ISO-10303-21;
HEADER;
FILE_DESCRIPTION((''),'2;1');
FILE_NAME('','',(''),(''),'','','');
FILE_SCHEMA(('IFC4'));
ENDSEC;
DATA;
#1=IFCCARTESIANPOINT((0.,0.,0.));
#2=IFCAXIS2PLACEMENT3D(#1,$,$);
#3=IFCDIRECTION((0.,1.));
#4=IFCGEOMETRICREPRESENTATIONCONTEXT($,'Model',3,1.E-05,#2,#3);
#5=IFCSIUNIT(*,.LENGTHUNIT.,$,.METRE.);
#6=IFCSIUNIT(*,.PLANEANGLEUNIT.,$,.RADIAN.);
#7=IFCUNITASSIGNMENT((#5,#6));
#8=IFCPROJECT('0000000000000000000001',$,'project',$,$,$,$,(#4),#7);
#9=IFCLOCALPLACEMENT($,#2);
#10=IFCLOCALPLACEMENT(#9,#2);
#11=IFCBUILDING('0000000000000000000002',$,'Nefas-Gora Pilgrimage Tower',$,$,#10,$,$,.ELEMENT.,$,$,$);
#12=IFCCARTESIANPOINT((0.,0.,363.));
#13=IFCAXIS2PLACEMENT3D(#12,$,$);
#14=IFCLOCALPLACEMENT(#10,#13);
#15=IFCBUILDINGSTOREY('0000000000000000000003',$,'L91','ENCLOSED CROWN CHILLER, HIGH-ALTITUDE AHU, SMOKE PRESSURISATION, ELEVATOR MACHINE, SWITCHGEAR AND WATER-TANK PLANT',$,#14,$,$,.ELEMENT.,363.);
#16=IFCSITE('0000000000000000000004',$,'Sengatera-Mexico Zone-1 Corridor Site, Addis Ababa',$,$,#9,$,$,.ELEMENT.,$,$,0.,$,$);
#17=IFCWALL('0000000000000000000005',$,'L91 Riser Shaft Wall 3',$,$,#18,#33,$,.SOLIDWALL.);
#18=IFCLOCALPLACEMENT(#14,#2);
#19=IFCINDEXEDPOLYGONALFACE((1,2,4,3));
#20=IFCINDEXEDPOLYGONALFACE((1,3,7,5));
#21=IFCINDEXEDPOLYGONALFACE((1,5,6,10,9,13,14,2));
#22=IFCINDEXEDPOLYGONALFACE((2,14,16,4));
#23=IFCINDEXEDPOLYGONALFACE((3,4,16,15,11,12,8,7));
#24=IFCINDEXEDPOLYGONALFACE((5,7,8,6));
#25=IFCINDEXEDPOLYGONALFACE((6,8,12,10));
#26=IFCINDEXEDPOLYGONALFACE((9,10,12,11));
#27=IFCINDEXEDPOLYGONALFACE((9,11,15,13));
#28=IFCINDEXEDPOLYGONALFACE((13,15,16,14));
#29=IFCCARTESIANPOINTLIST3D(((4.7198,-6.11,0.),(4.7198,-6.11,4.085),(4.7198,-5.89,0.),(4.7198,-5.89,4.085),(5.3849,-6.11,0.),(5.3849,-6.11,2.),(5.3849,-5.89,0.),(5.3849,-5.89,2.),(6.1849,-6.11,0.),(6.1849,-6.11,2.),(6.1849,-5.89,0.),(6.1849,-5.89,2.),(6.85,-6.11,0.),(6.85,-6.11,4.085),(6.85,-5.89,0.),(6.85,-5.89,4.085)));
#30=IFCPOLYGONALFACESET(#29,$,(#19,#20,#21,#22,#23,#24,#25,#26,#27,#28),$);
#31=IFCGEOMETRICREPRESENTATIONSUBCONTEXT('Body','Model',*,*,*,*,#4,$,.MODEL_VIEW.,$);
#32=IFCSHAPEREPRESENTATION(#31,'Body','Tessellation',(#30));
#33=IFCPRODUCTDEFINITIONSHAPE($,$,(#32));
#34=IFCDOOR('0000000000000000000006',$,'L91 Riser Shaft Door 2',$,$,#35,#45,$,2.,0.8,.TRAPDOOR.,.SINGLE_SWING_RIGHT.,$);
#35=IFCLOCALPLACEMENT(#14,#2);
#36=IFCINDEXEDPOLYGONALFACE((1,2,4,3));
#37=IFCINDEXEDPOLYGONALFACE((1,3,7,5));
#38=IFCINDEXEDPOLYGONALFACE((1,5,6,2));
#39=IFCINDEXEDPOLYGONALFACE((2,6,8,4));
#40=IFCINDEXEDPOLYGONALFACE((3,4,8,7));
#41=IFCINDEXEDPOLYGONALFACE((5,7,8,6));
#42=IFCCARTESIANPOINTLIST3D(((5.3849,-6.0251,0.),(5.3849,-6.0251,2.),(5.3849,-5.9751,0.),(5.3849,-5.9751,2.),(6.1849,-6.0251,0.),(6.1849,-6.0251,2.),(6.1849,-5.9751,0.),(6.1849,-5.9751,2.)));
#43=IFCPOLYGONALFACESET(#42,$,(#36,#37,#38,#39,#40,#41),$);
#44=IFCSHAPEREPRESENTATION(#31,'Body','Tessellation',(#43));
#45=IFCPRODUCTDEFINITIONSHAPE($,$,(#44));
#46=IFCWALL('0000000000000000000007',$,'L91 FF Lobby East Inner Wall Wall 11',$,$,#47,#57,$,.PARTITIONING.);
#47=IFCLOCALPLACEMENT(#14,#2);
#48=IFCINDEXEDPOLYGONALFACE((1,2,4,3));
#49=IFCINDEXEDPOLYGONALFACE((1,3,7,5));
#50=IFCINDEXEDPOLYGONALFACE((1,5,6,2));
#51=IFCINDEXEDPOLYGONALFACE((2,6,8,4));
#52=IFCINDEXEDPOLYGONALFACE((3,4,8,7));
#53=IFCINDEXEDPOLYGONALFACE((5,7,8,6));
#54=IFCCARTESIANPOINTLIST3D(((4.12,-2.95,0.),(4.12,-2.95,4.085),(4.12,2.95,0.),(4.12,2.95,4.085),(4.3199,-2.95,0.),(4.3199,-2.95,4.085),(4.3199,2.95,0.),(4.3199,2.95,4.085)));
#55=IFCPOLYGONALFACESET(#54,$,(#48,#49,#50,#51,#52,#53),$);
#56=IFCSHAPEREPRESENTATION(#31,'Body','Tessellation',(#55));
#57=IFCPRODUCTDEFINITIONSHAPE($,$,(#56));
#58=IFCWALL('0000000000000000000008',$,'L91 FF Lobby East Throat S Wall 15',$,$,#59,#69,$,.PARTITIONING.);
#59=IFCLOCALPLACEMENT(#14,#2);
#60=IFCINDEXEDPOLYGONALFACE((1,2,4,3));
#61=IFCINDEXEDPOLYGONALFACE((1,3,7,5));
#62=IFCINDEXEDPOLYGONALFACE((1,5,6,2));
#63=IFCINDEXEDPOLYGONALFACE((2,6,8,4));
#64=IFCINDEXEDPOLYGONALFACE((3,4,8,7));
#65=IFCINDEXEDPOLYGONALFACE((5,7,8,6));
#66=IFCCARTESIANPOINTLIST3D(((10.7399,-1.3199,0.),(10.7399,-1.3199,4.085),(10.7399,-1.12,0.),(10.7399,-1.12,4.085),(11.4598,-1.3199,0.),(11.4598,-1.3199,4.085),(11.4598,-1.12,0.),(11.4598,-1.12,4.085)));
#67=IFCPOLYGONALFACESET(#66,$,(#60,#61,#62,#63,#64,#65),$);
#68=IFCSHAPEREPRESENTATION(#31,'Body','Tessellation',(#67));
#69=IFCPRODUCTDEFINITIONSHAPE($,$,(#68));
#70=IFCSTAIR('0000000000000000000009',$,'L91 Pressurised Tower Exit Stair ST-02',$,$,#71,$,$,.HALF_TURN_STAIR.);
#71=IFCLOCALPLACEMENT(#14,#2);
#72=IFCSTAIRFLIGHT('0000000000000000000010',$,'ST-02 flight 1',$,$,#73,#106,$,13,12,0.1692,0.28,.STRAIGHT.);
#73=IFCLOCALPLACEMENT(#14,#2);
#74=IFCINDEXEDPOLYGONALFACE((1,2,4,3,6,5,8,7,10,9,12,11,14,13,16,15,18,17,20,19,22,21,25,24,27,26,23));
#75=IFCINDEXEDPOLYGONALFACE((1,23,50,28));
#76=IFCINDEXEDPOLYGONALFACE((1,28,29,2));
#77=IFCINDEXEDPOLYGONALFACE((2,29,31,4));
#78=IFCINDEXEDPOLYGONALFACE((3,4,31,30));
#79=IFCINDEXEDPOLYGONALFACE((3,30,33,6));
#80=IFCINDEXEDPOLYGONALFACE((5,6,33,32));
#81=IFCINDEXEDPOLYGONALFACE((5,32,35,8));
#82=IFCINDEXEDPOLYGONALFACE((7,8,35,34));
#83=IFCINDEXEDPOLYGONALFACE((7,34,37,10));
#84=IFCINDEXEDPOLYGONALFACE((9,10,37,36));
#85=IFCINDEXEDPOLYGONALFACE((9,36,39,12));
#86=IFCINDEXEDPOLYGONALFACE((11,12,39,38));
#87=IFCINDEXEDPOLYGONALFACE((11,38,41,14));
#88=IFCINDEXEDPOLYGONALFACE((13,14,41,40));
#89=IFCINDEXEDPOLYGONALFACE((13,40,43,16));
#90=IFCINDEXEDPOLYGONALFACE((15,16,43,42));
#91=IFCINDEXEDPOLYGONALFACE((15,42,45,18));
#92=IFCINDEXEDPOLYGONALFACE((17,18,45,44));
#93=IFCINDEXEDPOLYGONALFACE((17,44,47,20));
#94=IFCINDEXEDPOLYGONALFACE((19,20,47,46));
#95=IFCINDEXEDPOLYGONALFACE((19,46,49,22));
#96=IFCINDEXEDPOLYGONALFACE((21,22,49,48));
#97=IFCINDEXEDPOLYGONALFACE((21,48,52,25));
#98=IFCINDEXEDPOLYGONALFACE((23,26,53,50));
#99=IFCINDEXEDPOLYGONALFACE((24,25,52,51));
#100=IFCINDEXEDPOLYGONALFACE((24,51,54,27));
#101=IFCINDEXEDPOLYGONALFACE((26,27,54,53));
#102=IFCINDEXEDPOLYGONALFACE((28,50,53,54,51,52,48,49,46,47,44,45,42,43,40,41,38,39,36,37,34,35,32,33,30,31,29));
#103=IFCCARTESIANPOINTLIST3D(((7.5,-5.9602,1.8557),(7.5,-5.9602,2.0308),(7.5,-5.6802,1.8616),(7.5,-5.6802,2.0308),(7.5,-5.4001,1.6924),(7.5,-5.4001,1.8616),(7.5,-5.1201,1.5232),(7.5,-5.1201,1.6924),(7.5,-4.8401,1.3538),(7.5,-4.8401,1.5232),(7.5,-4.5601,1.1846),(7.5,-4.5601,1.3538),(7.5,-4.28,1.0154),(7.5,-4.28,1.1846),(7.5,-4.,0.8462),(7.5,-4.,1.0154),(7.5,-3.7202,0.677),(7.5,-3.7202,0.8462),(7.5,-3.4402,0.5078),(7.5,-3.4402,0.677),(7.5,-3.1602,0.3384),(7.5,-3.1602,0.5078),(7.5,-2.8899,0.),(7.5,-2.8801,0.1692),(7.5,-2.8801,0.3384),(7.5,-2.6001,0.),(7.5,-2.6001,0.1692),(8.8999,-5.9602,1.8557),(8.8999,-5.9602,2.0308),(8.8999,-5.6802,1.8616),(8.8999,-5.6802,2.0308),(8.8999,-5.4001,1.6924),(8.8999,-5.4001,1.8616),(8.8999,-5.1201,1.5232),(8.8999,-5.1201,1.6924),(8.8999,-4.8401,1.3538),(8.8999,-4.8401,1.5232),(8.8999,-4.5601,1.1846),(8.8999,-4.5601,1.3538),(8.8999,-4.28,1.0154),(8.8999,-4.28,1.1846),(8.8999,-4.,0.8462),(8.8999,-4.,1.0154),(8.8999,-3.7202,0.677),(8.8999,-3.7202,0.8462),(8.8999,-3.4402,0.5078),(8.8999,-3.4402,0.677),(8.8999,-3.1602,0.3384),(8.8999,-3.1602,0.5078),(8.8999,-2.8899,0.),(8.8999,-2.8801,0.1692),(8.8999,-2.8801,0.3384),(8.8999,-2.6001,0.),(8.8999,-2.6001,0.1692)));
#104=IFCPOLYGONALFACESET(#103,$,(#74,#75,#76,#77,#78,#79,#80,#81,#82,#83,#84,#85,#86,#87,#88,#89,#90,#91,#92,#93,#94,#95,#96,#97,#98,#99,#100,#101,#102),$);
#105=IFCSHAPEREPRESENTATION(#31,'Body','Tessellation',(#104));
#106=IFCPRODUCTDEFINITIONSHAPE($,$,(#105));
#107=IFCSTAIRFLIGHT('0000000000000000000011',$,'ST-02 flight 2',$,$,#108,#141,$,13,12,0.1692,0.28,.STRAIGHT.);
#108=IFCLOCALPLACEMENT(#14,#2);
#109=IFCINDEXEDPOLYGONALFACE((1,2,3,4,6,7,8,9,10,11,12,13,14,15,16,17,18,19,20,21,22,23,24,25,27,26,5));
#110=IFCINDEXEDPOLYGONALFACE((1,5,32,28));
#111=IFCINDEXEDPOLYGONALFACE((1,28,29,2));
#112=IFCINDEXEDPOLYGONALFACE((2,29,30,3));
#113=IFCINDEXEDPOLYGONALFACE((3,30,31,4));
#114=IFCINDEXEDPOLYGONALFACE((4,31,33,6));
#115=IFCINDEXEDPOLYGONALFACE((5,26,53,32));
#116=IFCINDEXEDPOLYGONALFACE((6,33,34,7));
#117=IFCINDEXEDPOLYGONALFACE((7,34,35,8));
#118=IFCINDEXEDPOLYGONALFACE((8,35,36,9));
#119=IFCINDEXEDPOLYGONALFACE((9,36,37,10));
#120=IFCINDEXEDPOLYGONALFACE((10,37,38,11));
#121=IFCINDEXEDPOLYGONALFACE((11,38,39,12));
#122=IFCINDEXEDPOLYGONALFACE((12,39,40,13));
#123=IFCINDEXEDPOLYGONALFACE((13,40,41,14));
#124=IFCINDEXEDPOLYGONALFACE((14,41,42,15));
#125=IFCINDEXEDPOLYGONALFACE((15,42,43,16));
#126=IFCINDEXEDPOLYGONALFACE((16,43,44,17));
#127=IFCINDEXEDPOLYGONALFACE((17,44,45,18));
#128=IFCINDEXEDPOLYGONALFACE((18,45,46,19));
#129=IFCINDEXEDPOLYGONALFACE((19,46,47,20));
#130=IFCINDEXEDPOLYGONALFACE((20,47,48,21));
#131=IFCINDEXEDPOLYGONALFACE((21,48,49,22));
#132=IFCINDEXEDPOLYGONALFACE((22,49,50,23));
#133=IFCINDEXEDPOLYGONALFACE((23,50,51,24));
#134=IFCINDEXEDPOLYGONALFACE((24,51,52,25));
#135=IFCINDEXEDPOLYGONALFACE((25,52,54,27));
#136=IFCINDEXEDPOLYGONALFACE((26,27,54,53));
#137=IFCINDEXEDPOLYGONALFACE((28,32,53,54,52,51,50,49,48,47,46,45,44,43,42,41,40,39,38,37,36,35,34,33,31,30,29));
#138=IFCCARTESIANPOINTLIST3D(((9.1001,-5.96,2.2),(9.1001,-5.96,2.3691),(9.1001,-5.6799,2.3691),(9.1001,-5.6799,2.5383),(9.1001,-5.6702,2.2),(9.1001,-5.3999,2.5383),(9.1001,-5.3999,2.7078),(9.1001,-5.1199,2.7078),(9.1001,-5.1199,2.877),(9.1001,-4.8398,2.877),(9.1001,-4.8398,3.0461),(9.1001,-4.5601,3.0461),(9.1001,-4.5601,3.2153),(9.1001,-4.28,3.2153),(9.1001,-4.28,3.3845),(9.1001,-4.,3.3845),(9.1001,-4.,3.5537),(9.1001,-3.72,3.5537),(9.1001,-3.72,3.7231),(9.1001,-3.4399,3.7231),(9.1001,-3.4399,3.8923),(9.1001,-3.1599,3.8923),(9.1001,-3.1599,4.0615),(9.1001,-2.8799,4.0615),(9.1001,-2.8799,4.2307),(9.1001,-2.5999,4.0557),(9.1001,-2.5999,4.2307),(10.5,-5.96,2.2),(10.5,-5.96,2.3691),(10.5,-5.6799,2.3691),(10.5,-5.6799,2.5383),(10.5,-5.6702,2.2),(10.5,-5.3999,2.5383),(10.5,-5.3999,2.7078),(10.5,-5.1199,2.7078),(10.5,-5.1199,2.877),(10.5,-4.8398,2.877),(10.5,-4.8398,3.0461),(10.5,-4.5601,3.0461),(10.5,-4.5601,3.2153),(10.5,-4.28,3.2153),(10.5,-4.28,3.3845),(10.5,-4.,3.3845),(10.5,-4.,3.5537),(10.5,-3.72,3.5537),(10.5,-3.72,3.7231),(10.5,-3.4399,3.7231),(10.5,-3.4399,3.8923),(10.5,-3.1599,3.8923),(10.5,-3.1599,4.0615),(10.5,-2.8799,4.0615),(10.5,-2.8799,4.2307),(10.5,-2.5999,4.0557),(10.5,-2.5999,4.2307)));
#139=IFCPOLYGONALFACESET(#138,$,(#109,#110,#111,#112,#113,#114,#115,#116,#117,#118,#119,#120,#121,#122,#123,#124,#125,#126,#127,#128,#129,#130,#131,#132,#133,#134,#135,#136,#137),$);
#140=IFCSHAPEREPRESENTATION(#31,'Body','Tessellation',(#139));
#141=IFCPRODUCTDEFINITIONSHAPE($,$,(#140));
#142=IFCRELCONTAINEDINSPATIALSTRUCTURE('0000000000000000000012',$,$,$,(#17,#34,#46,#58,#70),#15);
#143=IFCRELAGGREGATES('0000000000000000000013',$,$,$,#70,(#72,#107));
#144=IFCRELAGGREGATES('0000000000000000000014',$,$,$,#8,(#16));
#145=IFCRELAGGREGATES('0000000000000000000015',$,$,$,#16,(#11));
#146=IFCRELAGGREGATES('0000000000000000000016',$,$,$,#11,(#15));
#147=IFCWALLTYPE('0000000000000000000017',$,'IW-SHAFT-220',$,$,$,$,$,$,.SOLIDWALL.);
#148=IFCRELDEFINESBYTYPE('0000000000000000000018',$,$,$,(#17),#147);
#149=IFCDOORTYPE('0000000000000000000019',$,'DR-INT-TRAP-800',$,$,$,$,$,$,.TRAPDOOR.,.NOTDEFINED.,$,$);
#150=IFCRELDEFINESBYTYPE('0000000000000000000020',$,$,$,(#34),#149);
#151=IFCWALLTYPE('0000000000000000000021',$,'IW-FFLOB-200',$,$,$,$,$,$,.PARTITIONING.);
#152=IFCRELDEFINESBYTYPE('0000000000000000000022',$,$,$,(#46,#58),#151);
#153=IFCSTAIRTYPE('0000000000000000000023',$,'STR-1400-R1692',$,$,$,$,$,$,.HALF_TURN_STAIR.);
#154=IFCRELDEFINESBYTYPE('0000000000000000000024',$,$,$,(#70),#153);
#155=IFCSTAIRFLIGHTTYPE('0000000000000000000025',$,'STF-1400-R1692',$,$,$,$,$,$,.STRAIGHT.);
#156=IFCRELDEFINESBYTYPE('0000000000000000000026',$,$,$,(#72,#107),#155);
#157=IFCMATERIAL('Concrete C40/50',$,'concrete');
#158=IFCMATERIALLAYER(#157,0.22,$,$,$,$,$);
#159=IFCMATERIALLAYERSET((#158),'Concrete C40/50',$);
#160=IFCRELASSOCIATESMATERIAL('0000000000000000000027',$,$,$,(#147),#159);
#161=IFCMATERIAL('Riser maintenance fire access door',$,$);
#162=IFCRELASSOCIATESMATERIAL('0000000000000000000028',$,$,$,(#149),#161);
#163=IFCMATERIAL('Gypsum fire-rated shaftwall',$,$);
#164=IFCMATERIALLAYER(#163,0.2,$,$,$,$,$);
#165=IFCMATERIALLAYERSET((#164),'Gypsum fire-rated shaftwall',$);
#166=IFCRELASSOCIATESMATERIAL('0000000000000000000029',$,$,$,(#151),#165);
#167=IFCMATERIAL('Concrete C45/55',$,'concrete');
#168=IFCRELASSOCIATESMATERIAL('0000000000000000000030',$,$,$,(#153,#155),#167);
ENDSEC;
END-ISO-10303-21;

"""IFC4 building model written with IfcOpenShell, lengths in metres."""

from ifc_helpers import new_model, si_unit, direction, frame, frame_2d, origin, place, context, subcontext, project, spatial, polyline, rectangle, outline, extrude, source, transform, mapped, material, layer, layer_set, type_object, element, fill, aggregate, save


model = new_model("IFC4")

# Units and contexts
model_context = context("Model", 3, precision=1e-05, world=origin(), true_north=direction((0.0, 1.0)))
body_context = subcontext(model_context, "Body", "Model", "MODEL_VIEW")
ifc_project = project(units=[si_unit("LENGTHUNIT", "METRE"), si_unit("PLANEANGLEUNIT", "RADIAN")], contexts=[model_context])

# Site, building, storey
site_placement = place(None, origin())
site = spatial("IfcSite", under=ifc_project, at=site_placement, Name="Sengatera-Mexico Zone-1 Corridor Site, Addis Ababa", CompositionType="ELEMENT", RefElevation=0.0)
building_placement = place(site_placement, origin())
building = spatial("IfcBuilding", under=site, at=building_placement, Name="Nefas-Gora Pilgrimage Tower", CompositionType="ELEMENT")
storey_placement = place(building_placement, frame((0.0, 0.0, 363.0)))
storey = spatial("IfcBuildingStorey", under=building, at=storey_placement, Name="L91", Description="ENCLOSED CROWN CHILLER, HIGH-ALTITUDE AHU, SMOKE PRESSURISATION, ELEVATOR MACHINE, SWITCHGEAR AND WATER-TANK PLANT", CompositionType="ELEMENT", Elevation=363.0)

# Shared definitions
ifc_material_1 = material(Name="Concrete C45/55", Category="concrete")

# Shared definitions
ifc_material_2 = material(Name="Concrete C40/50", Category="concrete")
ifc_layer_1 = layer(ifc_material_2, 0.22)
ifc_layer_set_1 = layer_set([ifc_layer_1], Name="Concrete C40/50")
wall_type_1 = type_object("IfcWallType", Name="IW-SHAFT-220", PredefinedType="SOLIDWALL", material=ifc_layer_set_1)

# Wall, opening, door
shared_shape_1 = source(origin(), body_context, "Body", "SweptSolid", [
    extrude(rectangle(XDim=2.1301, YDim=0.22, at=frame_2d((1.0649, 0.0))), origin(), (0.0, 0.0, 1.0), 4.085),
])
wall_1_placement = place(storey_placement, frame((4.72, -6.0, 0.0), z_axis=(0.0, 0.0, 1.0), x_axis=(1.0, 0.0, 0.0)))
wall_1 = element("IfcWall", 1, at=wall_1_placement, inside=storey, type_object=wall_type_1, Name="L91 Riser Shaft Wall 3", PredefinedType="SOLIDWALL", context=body_context, shape_type="MappedRepresentation", body=[
    mapped(shared_shape_1, transform((0.0, 0.0, 0.0), x_axis=(1.0, 0.0, 0.0), y_axis=(0.0, 1.0, 0.0), z_axis=(0.0, 0.0, 1.0), scale=1.0)),
])
opening_1_placement = place(wall_1_placement, frame((0.665, 0.0, 0.0)))
opening_1 = element("IfcOpeningElement", 2, at=opening_1_placement, cuts=wall_1, PredefinedType="OPENING", context=body_context, shape_type="SweptSolid", body=[
    extrude(rectangle(XDim=0.8, YDim=2.0, at=frame_2d((0.3999, 1.0))), frame((0.0, 0.1199, 0.0), z_axis=(0.0, -1.0, 0.0), x_axis=(1.0, 0.0, 0.0)), (0.0, 0.0, 1.0), 0.24),
])
ifc_material_3 = material(Name="Riser maintenance fire access door")
door_type_1 = type_object("IfcDoorType", Name="DR-INT-TRAP-800", OperationType="NOTDEFINED", PredefinedType="TRAPDOOR", material=ifc_material_3)
shared_shape_2 = source(origin(), body_context, "Body", "SweptSolid", [
    extrude(rectangle(XDim=0.8, YDim=2.0, at=frame_2d((0.3999, 1.0))), frame((0.0, 0.0249, 0.0), z_axis=(0.0, -1.0, 0.0), x_axis=(1.0, 0.0, 0.0)), (0.0, 0.0, 1.0), 0.05),
])
door_1_placement = place(opening_1_placement, origin())
door_1 = element("IfcDoor", 3, at=door_1_placement, inside=storey, type_object=door_type_1, Name="L91 Riser Shaft Door 2", OperationType="SINGLE_SWING_RIGHT", OverallHeight=2.0, OverallWidth=0.8, PredefinedType="TRAPDOOR", context=body_context, shape_type="MappedRepresentation", body=[
    mapped(shared_shape_2, transform((0.0, 0.0, 0.0), x_axis=(1.0, 0.0, 0.0), y_axis=(0.0, 1.0, 0.0), z_axis=(0.0, 0.0, 1.0), scale=1.0)),
])
fill(opening_1, door_1)

# Walls
ifc_material_4 = material(Name="Gypsum fire-rated shaftwall")
ifc_layer_2 = layer(ifc_material_4, 0.2)
ifc_layer_set_2 = layer_set([ifc_layer_2], Name="Gypsum fire-rated shaftwall")
wall_type_2 = type_object("IfcWallType", Name="IW-FFLOB-200", PredefinedType="PARTITIONING", material=ifc_layer_set_2)
shared_shape_3 = source(origin(), body_context, "Body", "SweptSolid", [
    extrude(rectangle(XDim=5.8999, YDim=0.2, at=frame_2d((2.95, 0.0))), origin(), (0.0, 0.0, 1.0), 4.085),
])
wall_2_placement = place(storey_placement, frame((4.22, -2.95, 0.0), z_axis=(0.0, 0.0, 1.0), x_axis=(0.0, 1.0, 0.0)))
element("IfcWall", 4, at=wall_2_placement, inside=storey, type_object=wall_type_2, Name="L91 FF Lobby East Inner Wall Wall 11", PredefinedType="PARTITIONING", context=body_context, shape_type="MappedRepresentation", body=[
    mapped(shared_shape_3, transform((0.0, 0.0, 0.0), x_axis=(1.0, 0.0, 0.0), y_axis=(0.0, 1.0, 0.0), z_axis=(0.0, 0.0, 1.0), scale=1.0)),
])
shared_shape_4 = source(origin(), body_context, "Body", "SweptSolid", [
    extrude(rectangle(XDim=0.72, YDim=0.2, at=frame_2d((0.3599, 0.0))), origin(), (0.0, 0.0, 1.0), 4.085),
])
wall_3_placement = place(storey_placement, frame((10.74, -1.22, 0.0), z_axis=(0.0, 0.0, 1.0), x_axis=(1.0, 0.0, 0.0)))
element("IfcWall", 5, at=wall_3_placement, inside=storey, type_object=wall_type_2, Name="L91 FF Lobby East Throat S Wall 15", PredefinedType="PARTITIONING", context=body_context, shape_type="MappedRepresentation", body=[
    mapped(shared_shape_4, transform((0.0, 0.0, 0.0), x_axis=(1.0, 0.0, 0.0), y_axis=(0.0, 1.0, 0.0), z_axis=(0.0, 0.0, 1.0), scale=1.0)),
])

# Stair, stair flights
stair_type = type_object("IfcStairType", Name="STR-1400-R1692", PredefinedType="HALF_TURN_STAIR", material=ifc_material_1)
stair_placement = place(storey_placement, origin())
stair = element("IfcStair", 6, at=stair_placement, inside=storey, type_object=stair_type, Name="L91 Pressurised Tower Exit Stair ST-02", PredefinedType="HALF_TURN_STAIR")
stair_flight_type = type_object("IfcStairFlightType", Name="STF-1400-R1692", PredefinedType="STRAIGHT", material=ifc_material_1)
shared_shape_5 = source(origin(), body_context, "Body", "SweptSolid", [
    extrude(outline(polyline([(0.0, 0.0), (0.0, 0.1692), (0.28, 0.1692), (0.28, 0.3384), (0.5601, 0.3384), (0.5601, 0.5078), (0.8401, 0.5078), (0.8401, 0.677), (1.1201, 0.677), (1.1201, 0.8462), (1.3999, 0.8462), (1.3999, 1.0154), (1.6799, 1.0154), (1.6799, 1.1846), (1.96, 1.1846), (1.96, 1.3538), (2.24, 1.3538), (2.24, 1.5232), (2.52, 1.5232), (2.52, 1.6924), (2.8, 1.6924), (2.8, 1.8616), (3.0801, 1.8616), (3.0801, 2.0308), (3.3601, 2.0308), (3.3601, 2.2), (3.3601, 1.8557), (0.2898, 0.0), (0.0, 0.0)])), frame((0.0, 0.7, 0.0), z_axis=(0.0, -1.0, 0.0), x_axis=(1.0, 0.0, 0.0)), (0.0, 0.0, 1.0), 1.3999),
])
stair_flight_1_placement = place(storey_placement, frame((8.2, -2.6001, 0.0), z_axis=(0.0, 0.0, 1.0), x_axis=(0.0, -1.0, 0.0)))
stair_flight_1 = element("IfcStairFlight", 7, at=stair_flight_1_placement, type_object=stair_flight_type, Name="ST-02 flight 1", NumberOfRisers=13, NumberOfTreads=12, PredefinedType="STRAIGHT", RiserHeight=0.1692, TreadLength=0.28, context=body_context, shape_type="MappedRepresentation", body=[
    mapped(shared_shape_5, transform((0.0, 0.0, 0.0), x_axis=(1.0, 0.0, 0.0), y_axis=(0.0, 1.0, 0.0), z_axis=(0.0, 0.0, 1.0), scale=1.0)),
])
stair_flight_2_placement = place(storey_placement, frame((9.8, -5.96, 2.2), z_axis=(0.0, 0.0, 1.0), x_axis=(0.0, 1.0, 0.0)))
stair_flight_2 = element("IfcStairFlight", 8, at=stair_flight_2_placement, type_object=stair_flight_type, Name="ST-02 flight 2", NumberOfRisers=13, NumberOfTreads=12, PredefinedType="STRAIGHT", RiserHeight=0.1692, TreadLength=0.28, context=body_context, shape_type="MappedRepresentation", body=[
    mapped(shared_shape_5, transform((0.0, 0.0, 0.0), x_axis=(1.0, 0.0, 0.0), y_axis=(0.0, 1.0, 0.0), z_axis=(0.0, 0.0, 1.0), scale=1.0)),
])
aggregate(stair, [stair_flight_1, stair_flight_2])

save(model, "model.ifc")
